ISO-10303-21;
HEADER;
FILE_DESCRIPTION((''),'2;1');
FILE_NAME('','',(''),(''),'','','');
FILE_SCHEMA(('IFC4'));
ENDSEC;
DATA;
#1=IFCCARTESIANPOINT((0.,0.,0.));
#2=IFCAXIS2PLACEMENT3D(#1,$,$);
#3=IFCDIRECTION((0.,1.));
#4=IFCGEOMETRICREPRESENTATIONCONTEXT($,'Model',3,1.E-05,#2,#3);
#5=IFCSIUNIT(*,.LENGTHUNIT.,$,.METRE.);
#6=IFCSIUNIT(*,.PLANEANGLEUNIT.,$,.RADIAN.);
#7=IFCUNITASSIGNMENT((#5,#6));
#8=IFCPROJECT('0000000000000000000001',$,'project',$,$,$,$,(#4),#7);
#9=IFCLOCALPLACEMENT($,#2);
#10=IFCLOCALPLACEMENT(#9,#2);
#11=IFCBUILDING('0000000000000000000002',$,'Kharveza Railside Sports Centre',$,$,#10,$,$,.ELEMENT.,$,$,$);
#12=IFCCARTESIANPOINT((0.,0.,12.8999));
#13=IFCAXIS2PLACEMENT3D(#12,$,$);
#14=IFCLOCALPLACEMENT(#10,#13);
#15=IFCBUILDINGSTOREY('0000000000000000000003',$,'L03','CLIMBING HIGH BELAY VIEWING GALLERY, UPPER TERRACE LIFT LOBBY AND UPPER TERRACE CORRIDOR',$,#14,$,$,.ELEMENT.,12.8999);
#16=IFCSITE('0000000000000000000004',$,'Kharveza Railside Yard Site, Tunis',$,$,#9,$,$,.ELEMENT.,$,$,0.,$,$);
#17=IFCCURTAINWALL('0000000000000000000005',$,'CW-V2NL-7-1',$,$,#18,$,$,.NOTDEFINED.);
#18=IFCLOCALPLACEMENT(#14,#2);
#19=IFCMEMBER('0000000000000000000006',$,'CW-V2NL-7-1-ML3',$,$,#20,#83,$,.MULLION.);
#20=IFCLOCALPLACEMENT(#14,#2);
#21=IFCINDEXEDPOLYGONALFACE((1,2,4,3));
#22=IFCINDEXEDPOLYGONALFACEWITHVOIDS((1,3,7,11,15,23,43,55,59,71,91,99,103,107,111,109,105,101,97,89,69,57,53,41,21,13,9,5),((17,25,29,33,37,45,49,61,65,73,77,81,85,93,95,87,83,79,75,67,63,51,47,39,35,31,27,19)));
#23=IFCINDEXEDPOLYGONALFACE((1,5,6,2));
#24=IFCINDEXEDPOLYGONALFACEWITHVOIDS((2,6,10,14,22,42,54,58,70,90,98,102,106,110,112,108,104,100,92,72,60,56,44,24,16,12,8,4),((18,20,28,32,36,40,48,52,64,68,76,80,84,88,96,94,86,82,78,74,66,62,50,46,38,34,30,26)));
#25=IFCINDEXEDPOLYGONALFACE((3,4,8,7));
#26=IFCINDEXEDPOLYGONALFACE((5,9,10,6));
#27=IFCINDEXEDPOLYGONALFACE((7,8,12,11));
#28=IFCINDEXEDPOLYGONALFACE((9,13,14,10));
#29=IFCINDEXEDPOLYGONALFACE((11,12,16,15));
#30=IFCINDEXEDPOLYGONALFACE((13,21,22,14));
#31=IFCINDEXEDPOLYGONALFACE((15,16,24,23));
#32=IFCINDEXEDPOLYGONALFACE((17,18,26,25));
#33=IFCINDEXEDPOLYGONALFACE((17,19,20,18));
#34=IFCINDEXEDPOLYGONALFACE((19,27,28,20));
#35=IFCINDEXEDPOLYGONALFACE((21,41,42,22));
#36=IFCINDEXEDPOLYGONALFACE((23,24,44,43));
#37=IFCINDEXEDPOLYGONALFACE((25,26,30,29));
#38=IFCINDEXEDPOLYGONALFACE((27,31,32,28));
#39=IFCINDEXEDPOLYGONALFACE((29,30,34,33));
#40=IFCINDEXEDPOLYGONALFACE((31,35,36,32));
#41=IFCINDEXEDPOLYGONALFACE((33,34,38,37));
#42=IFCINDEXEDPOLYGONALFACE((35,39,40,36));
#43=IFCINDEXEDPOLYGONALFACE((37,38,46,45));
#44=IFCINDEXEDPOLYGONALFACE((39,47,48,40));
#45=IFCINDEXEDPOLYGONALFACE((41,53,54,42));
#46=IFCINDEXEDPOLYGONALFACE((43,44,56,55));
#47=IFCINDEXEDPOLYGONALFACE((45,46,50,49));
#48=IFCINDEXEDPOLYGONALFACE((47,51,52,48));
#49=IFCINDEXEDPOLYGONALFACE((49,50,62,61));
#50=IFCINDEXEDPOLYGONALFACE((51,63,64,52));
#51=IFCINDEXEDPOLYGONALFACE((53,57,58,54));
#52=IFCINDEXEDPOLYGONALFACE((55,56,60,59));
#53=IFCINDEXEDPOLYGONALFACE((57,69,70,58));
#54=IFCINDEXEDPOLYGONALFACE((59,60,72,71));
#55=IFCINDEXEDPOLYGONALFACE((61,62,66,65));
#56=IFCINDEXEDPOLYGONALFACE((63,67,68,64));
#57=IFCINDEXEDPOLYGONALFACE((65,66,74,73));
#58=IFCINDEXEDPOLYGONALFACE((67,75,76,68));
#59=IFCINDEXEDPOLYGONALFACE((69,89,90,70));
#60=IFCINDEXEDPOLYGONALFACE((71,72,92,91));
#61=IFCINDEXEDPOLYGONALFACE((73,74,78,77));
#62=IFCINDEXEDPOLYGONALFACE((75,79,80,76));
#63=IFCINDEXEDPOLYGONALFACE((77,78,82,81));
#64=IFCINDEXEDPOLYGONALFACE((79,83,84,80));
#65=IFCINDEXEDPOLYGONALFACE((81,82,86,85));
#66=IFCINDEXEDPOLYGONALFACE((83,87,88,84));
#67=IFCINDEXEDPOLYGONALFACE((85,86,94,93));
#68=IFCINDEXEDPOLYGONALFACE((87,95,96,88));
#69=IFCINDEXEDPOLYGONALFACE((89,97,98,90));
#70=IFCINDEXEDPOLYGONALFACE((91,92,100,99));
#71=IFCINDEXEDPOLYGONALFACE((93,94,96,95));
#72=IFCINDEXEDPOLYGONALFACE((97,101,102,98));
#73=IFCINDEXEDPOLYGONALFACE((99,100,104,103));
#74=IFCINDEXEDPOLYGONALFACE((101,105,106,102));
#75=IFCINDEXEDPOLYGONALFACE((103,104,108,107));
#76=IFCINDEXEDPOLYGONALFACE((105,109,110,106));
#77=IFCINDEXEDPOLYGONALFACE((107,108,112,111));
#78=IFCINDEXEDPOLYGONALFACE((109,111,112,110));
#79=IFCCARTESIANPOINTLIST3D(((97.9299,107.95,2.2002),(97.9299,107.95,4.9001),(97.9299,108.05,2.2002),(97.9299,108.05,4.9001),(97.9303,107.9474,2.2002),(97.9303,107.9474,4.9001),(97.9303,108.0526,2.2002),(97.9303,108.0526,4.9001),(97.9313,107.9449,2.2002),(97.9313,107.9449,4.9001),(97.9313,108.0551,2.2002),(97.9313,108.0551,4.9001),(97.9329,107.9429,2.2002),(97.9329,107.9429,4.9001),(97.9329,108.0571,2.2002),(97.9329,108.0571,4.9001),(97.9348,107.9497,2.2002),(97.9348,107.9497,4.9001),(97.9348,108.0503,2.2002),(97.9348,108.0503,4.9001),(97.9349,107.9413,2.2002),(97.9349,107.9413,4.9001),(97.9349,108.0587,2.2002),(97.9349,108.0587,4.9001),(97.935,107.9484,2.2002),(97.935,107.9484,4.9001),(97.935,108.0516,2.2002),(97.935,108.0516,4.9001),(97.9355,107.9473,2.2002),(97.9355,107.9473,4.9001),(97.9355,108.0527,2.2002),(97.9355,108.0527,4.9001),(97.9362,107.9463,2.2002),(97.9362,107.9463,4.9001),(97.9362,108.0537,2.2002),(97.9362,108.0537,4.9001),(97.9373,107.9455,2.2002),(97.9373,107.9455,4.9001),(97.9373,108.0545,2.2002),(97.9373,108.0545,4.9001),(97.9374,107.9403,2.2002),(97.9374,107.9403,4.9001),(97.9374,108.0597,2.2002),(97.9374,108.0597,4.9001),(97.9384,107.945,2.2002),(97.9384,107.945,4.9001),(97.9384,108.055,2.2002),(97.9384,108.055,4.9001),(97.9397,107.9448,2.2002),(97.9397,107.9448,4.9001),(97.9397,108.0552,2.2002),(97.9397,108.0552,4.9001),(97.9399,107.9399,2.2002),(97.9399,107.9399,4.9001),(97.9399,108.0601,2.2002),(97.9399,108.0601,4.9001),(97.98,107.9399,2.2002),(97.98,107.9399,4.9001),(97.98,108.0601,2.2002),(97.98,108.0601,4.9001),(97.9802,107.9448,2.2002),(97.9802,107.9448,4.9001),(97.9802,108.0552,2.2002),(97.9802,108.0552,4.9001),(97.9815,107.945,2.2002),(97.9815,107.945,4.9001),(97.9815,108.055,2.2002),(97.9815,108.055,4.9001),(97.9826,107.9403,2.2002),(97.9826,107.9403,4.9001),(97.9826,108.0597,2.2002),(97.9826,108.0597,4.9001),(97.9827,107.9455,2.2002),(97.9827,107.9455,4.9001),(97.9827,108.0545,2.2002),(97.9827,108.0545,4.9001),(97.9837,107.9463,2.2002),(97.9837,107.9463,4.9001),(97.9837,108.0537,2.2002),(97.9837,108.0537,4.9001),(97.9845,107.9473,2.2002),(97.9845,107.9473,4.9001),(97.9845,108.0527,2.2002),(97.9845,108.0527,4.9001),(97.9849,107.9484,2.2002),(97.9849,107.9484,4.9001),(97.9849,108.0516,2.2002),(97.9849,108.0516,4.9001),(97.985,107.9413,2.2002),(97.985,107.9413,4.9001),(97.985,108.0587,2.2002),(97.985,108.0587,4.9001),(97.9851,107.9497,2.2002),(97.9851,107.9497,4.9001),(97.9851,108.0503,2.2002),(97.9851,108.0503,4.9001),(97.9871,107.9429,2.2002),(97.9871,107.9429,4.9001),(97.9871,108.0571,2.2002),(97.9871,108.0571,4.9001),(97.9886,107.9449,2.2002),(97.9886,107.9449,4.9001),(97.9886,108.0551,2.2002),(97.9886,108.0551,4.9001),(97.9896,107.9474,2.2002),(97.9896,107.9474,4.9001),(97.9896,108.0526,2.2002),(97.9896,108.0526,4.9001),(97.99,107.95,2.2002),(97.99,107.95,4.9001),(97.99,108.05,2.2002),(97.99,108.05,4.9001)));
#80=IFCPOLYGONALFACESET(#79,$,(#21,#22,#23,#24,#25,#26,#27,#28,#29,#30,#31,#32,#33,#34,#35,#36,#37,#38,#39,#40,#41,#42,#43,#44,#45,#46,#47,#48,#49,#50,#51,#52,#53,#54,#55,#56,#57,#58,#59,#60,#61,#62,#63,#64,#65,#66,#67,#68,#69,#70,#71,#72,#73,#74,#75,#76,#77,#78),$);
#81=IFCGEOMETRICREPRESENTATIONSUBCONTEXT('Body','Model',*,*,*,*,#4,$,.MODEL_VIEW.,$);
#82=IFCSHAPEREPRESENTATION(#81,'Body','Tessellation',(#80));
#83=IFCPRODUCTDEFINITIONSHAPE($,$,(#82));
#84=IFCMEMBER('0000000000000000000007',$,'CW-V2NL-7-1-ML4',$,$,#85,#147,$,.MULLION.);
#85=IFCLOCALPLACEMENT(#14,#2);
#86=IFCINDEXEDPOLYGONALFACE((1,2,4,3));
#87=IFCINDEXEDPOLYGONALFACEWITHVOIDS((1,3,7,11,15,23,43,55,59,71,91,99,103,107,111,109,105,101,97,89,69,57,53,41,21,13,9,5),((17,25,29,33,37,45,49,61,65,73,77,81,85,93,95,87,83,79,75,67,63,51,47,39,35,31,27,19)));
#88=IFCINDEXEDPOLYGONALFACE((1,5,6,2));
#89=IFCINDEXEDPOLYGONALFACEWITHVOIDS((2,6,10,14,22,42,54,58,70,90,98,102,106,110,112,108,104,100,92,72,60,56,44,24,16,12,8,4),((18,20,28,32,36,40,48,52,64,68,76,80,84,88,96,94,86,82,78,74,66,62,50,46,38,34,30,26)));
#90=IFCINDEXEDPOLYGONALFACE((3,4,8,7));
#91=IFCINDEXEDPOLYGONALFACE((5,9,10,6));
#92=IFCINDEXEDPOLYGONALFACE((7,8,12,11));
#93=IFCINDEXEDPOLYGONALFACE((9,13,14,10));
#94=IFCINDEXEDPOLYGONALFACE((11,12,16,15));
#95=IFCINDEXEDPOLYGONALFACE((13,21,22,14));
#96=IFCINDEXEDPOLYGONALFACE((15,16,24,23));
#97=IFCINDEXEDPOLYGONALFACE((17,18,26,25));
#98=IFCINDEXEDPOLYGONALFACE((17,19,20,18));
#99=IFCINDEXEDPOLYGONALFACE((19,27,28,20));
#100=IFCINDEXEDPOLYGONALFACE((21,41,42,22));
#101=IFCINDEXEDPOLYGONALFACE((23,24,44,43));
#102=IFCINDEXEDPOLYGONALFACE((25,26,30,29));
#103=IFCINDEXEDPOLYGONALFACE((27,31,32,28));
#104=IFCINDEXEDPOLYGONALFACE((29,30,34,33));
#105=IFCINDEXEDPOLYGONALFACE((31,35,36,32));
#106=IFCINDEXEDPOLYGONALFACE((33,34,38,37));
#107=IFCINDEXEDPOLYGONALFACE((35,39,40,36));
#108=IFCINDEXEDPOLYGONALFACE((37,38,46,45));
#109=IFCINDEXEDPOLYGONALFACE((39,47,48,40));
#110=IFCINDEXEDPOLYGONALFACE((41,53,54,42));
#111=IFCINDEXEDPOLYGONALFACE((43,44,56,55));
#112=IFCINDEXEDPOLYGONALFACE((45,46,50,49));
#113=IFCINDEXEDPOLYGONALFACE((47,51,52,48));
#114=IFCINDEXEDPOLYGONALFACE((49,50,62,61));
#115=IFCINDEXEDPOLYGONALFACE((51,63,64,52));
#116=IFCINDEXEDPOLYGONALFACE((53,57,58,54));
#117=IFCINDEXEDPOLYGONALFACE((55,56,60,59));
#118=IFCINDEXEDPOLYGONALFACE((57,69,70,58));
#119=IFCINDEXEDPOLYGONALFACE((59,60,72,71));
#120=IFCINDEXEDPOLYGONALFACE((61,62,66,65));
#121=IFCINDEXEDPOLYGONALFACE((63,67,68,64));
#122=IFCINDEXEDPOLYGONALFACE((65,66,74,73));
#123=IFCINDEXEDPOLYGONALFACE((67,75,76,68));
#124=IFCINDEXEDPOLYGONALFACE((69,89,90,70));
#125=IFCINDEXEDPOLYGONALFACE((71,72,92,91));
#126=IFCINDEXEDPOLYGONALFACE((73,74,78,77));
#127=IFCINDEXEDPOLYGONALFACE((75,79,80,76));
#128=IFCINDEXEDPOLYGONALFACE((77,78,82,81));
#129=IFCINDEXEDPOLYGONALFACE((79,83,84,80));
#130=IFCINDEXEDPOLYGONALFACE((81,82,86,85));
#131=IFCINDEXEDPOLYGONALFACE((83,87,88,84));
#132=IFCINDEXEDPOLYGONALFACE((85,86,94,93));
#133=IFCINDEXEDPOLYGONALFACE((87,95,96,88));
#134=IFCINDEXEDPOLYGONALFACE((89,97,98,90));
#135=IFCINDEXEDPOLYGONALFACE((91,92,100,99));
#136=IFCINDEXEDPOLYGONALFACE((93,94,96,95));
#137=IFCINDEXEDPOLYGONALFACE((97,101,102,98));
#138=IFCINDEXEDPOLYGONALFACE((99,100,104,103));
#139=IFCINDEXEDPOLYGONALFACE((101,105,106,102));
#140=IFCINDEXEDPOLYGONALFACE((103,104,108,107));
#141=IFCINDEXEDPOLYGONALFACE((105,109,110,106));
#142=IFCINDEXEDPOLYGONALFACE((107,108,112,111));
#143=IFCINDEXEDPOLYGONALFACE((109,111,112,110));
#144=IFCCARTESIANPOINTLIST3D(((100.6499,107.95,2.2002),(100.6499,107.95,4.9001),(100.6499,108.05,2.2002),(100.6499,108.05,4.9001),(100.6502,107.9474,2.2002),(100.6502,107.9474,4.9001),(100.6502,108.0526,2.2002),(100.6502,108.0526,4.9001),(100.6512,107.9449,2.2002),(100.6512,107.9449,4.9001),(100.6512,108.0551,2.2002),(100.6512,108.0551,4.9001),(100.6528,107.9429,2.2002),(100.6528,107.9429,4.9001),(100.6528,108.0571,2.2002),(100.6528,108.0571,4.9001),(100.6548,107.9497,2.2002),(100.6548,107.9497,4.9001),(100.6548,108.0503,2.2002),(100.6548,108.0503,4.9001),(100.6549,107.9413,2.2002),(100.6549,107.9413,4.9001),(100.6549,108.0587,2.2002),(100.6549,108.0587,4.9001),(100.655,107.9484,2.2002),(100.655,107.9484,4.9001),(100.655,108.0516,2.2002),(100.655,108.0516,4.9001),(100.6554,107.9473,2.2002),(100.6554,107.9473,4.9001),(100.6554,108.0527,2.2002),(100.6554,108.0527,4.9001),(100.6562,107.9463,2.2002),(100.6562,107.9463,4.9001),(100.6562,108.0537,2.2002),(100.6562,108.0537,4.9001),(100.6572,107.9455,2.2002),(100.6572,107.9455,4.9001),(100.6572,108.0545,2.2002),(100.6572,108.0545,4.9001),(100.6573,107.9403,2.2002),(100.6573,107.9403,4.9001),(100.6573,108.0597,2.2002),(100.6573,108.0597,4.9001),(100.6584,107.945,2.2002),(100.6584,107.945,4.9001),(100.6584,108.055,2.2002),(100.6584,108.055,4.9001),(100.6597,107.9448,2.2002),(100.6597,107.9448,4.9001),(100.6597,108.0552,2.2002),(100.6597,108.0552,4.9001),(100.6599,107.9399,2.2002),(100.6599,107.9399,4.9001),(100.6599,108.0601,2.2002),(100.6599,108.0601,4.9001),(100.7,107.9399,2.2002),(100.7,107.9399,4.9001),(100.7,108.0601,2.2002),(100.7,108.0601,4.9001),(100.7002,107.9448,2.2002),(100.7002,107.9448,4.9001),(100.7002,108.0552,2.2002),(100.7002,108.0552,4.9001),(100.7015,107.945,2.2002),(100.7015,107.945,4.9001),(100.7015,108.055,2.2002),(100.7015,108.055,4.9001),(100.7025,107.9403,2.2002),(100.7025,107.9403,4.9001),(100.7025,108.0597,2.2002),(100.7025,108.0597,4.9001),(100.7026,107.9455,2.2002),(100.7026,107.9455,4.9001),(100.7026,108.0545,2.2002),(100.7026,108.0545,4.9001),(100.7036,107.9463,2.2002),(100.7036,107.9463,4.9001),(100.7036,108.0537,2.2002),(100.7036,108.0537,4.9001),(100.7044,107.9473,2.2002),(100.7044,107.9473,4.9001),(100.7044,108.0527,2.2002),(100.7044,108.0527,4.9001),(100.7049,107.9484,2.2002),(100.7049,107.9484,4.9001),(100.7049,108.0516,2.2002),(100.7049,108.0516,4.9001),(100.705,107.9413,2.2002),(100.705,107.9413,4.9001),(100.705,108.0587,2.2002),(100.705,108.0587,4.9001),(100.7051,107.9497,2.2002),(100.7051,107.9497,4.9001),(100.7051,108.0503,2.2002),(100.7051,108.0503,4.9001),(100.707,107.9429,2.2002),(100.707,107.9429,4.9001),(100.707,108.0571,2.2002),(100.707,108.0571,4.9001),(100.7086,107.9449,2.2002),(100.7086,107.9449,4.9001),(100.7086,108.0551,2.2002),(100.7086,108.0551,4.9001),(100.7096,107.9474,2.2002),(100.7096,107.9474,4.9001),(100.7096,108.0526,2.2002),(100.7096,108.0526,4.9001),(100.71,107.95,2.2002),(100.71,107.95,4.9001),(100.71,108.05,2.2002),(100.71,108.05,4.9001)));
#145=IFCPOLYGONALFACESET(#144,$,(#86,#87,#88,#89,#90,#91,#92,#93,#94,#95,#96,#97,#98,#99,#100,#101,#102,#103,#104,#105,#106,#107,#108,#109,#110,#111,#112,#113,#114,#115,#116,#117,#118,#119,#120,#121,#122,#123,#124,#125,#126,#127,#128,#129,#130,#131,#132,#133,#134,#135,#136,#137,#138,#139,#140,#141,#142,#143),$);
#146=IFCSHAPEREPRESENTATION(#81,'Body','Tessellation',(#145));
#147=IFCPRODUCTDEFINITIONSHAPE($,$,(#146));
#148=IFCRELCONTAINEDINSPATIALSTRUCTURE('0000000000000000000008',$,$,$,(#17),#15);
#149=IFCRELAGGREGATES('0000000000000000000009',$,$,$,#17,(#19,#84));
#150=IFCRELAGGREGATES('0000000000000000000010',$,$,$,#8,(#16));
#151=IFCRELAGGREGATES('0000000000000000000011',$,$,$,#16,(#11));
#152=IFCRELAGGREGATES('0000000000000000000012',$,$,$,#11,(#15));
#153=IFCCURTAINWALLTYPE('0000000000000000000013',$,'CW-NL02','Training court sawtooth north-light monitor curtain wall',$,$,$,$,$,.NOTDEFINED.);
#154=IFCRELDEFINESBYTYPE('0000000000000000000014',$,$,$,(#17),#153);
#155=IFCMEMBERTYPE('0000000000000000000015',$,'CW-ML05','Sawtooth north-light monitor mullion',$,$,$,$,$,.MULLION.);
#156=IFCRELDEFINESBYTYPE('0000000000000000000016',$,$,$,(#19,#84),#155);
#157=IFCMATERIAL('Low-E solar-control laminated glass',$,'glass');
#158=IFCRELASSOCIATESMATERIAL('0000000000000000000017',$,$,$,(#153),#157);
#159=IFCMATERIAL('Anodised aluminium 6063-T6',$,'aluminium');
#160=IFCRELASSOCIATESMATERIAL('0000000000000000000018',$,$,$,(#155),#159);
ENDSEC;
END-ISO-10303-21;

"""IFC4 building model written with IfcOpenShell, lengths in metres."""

from ifc_helpers import new_model, si_unit, direction, frame, origin, origin_2d, place, context, subcontext, project, spatial, hollow_rectangle, extrude, material, material_profile, profile_set, type_object, element, aggregate, save


model = new_model("IFC4")

# Units and contexts
model_context = context("Model", 3, precision=1e-05, world=origin(), true_north=direction((0.0, 1.0)))
body_context = subcontext(model_context, "Body", "Model", "MODEL_VIEW")
ifc_project = project(units=[si_unit("LENGTHUNIT", "METRE"), si_unit("PLANEANGLEUNIT", "RADIAN")], contexts=[model_context])

# Site, building, storey
site_placement = place(None, origin())
site = spatial("IfcSite", under=ifc_project, at=site_placement, Name="Kharveza Railside Yard Site, Tunis", CompositionType="ELEMENT", RefElevation=0.0)
building_placement = place(site_placement, origin())
building = spatial("IfcBuilding", under=site, at=building_placement, Name="Kharveza Railside Sports Centre", CompositionType="ELEMENT")
storey_placement = place(building_placement, frame((0.0, 0.0, 12.8999)))
storey = spatial("IfcBuildingStorey", under=building, at=storey_placement, Name="L03", Description="CLIMBING HIGH BELAY VIEWING GALLERY, UPPER TERRACE LIFT LOBBY AND UPPER TERRACE CORRIDOR", CompositionType="ELEMENT", Elevation=12.8999)

# Curtain wall, members
ifc_material_1 = material(Name="Low-E solar-control laminated glass", Category="glass")
curtain_wall_type = type_object("IfcCurtainWallType", Name="CW-NL02", Description="Training court sawtooth north-light monitor curtain wall", PredefinedType="NOTDEFINED", material=ifc_material_1)
ifc_material_2 = material(Name="Anodised aluminium 6063-T6", Category="aluminium")
ifc_material_profile_1 = material_profile(ifc_material_2, hollow_rectangle(XDim=0.0601, YDim=0.1201, WallThickness=0.0049, InnerFilletRadius=0.0049, OuterFilletRadius=0.01, at=origin_2d()), Name="RHS 60x120x5.0")
ifc_profile_set_1 = profile_set([ifc_material_profile_1], Name="Anodised aluminium 6063-T6")
member_type_1 = type_object("IfcMemberType", Name="CW-ML05", Description="Sawtooth north-light monitor mullion", PredefinedType="MULLION", material=ifc_profile_set_1)
curtain_wall_1_placement = place(storey_placement, origin())
curtain_wall_1 = element("IfcCurtainWall", 1, at=curtain_wall_1_placement, inside=storey, type_object=curtain_wall_type, Name="CW-V2NL-7-1", PredefinedType="NOTDEFINED")
member_1_placement = place(storey_placement, frame((97.96, 108.0, 2.2002), z_axis=(0.0, 0.0, 1.0), x_axis=(1.0, 0.0, 0.0)))
member_1 = element("IfcMember", 2, at=member_1_placement, type_object=member_type_1, Name="CW-V2NL-7-1-ML3", PredefinedType="MULLION", context=body_context, shape_type="SweptSolid", body=[
    extrude(hollow_rectangle(XDim=0.0601, YDim=0.1201, WallThickness=0.0049, InnerFilletRadius=0.0049, OuterFilletRadius=0.01, at=origin_2d()), origin(), (0.0, 0.0, 1.0), 2.7),
])
member_2_placement = place(storey_placement, frame((100.6799, 108.0, 2.2002), z_axis=(0.0, 0.0, 1.0), x_axis=(1.0, 0.0, 0.0)))
member_2 = element("IfcMember", 3, at=member_2_placement, type_object=member_type_1, Name="CW-V2NL-7-1-ML4", PredefinedType="MULLION", context=body_context, shape_type="SweptSolid", body=[
    extrude(hollow_rectangle(XDim=0.0601, YDim=0.1201, WallThickness=0.0049, InnerFilletRadius=0.0049, OuterFilletRadius=0.01, at=origin_2d()), origin(), (0.0, 0.0, 1.0), 2.7),
])

aggregate(curtain_wall_1, [member_1, member_2])

save(model, "model.ifc")
